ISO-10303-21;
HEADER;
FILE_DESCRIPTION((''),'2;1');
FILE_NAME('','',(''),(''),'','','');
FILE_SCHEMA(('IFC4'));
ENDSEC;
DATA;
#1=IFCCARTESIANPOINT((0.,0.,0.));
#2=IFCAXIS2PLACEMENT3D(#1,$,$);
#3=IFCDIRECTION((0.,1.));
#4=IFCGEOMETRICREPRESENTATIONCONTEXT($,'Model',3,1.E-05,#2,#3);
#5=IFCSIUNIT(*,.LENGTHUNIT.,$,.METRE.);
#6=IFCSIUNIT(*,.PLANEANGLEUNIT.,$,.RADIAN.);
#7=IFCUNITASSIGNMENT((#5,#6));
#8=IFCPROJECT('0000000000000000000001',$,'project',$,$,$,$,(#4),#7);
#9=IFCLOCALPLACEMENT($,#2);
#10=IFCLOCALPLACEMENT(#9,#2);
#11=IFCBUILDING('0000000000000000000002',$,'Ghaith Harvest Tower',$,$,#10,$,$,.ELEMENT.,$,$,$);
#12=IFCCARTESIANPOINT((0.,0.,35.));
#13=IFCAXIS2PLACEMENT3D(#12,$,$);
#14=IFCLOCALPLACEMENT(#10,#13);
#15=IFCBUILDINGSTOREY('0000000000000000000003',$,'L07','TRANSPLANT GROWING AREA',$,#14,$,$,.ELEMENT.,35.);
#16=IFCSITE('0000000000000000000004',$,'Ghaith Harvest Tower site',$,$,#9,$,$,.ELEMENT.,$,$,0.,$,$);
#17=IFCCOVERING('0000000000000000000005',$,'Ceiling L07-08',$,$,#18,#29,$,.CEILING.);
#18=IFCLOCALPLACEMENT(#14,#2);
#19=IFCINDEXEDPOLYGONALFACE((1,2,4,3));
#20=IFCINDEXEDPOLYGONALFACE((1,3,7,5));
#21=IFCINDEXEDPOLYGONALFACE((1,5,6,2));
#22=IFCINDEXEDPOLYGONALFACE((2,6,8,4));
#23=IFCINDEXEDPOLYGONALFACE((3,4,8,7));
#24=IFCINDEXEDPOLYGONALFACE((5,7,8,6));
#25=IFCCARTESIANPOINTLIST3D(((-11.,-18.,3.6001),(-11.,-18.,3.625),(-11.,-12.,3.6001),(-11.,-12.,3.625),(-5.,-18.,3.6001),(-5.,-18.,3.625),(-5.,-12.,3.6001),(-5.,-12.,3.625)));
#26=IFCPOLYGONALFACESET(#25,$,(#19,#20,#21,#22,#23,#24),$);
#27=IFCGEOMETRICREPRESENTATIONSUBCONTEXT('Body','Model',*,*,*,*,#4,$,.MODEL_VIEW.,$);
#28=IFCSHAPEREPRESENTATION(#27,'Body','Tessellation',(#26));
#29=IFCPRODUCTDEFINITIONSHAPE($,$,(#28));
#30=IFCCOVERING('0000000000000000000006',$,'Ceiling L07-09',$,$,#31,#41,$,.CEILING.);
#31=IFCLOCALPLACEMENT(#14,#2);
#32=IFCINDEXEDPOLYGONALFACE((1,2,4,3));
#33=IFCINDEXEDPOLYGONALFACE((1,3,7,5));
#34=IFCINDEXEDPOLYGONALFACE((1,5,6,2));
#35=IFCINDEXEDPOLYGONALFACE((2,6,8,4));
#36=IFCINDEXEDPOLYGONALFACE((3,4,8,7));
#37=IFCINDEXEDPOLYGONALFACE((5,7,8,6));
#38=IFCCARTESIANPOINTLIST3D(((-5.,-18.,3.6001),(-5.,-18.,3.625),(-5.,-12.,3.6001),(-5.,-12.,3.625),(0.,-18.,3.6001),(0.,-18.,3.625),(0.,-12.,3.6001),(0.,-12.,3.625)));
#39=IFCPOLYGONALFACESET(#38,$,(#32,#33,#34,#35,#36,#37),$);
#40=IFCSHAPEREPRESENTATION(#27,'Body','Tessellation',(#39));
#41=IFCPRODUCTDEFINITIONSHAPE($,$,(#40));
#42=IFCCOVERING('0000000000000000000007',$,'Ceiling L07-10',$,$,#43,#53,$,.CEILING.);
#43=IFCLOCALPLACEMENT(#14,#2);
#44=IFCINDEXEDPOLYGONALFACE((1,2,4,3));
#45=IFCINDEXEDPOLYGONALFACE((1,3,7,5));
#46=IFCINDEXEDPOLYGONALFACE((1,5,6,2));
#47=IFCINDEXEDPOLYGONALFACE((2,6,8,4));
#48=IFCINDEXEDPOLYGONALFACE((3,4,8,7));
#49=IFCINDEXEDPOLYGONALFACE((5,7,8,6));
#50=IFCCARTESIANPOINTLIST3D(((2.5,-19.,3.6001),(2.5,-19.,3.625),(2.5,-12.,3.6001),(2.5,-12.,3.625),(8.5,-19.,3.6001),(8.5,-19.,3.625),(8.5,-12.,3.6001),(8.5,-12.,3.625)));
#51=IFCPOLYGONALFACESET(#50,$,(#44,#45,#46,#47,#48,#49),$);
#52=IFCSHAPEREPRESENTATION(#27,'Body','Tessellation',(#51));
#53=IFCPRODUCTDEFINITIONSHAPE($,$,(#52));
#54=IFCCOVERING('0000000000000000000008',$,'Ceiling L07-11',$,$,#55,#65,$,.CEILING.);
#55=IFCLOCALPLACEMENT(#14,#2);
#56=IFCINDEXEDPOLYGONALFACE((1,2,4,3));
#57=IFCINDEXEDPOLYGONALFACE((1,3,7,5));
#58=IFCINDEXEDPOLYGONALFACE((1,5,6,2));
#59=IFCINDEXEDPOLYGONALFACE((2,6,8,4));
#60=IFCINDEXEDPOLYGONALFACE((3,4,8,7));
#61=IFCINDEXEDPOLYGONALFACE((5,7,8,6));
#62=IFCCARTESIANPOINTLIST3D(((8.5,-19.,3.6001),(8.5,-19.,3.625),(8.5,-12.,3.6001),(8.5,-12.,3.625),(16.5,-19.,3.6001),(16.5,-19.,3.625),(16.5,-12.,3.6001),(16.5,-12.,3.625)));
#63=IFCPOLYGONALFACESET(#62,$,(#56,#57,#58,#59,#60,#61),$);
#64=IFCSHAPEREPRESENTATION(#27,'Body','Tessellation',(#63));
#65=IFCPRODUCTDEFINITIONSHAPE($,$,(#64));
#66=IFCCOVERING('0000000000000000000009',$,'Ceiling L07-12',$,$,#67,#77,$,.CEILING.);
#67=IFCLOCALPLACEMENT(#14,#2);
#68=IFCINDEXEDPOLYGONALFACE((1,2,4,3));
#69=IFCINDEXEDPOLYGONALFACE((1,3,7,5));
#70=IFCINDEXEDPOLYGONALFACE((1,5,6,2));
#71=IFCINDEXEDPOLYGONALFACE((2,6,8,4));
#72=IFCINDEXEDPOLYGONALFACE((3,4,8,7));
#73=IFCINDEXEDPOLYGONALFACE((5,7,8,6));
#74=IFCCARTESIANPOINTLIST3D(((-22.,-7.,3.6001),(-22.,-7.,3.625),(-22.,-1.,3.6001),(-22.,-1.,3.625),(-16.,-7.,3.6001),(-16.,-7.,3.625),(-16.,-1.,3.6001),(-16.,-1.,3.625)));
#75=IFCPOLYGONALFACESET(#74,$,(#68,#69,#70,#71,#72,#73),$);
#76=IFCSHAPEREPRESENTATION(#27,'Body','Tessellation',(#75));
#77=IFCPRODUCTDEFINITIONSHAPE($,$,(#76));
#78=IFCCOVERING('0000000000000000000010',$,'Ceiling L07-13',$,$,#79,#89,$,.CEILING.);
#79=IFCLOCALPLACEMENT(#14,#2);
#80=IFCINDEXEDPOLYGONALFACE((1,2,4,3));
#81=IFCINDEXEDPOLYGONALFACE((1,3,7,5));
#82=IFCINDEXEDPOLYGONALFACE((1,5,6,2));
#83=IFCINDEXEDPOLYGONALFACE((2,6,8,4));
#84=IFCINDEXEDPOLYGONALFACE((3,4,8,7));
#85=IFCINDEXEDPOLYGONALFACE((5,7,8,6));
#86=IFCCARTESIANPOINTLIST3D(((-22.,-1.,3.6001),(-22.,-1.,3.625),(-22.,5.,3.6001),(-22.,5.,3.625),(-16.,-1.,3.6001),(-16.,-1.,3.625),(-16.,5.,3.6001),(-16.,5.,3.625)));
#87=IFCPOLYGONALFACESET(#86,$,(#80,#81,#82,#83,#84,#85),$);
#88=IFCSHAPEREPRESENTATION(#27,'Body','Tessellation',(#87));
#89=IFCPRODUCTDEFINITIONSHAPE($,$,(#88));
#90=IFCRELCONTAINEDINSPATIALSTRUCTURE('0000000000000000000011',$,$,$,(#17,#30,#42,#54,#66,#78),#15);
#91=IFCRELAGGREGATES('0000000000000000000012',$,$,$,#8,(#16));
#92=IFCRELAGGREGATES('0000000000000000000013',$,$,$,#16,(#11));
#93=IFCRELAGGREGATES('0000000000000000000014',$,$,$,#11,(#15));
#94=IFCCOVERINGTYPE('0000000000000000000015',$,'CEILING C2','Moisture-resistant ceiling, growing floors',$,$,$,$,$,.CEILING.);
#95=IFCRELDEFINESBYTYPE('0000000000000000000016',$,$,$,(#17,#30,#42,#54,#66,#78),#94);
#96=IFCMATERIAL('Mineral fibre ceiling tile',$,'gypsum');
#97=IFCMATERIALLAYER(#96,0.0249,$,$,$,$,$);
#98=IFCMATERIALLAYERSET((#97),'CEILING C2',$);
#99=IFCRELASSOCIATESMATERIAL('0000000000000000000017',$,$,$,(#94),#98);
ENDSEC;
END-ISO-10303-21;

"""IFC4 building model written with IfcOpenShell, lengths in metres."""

from ifc_helpers import new_model, si_unit, direction, frame, origin, place, context, subcontext, project, spatial, polyline, outline, extrude, material, layer, layer_set, type_object, element, save


model = new_model("IFC4")

# Units and contexts
model_context = context("Model", 3, precision=1e-05, world=origin(), true_north=direction((0.0, 1.0)))
body_context = subcontext(model_context, "Body", "Model", "MODEL_VIEW")
ifc_project = project(units=[si_unit("LENGTHUNIT", "METRE"), si_unit("PLANEANGLEUNIT", "RADIAN")], contexts=[model_context])

# Site, building, storey
site_placement = place(None, origin())
site = spatial("IfcSite", under=ifc_project, at=site_placement, Name="Ghaith Harvest Tower site", CompositionType="ELEMENT", RefElevation=0.0)
building_placement = place(site_placement, origin())
building = spatial("IfcBuilding", under=site, at=building_placement, Name="Ghaith Harvest Tower", CompositionType="ELEMENT")
storey_placement = place(building_placement, frame((0.0, 0.0, 35.0)))
storey = spatial("IfcBuildingStorey", under=building, at=storey_placement, Name="L07", Description="TRANSPLANT GROWING AREA", CompositionType="ELEMENT", Elevation=35.0)

# Coverings
ifc_material_1 = material(Name="Mineral fibre ceiling tile", Category="gypsum")
ifc_layer_1 = layer(ifc_material_1, 0.0249)
ifc_layer_set_1 = layer_set([ifc_layer_1], Name="CEILING C2")
covering_type = type_object("IfcCoveringType", Name="CEILING C2", Description="Moisture-resistant ceiling, growing floors", PredefinedType="CEILING", material=ifc_layer_set_1)
covering_1_placement = place(storey_placement, frame((0.0, 0.0, 3.6001)))
element("IfcCovering", 1, at=covering_1_placement, inside=storey, type_object=covering_type, Name="Ceiling L07-08", PredefinedType="CEILING", context=body_context, shape_type="SweptSolid", body=[
    extrude(outline(polyline([(-11.0, -18.0), (-5.0, -18.0), (-5.0, -12.0), (-11.0, -12.0), (-11.0, -18.0)])), origin(), (0.0, 0.0, 1.0), 0.0249),
])
covering_2_placement = place(storey_placement, frame((0.0, 0.0, 3.6001)))
element("IfcCovering", 2, at=covering_2_placement, inside=storey, type_object=covering_type, Name="Ceiling L07-09", PredefinedType="CEILING", context=body_context, shape_type="SweptSolid", body=[
    extrude(outline(polyline([(-5.0, -18.0), (0.0, -18.0), (0.0, -12.0), (-5.0, -12.0), (-5.0, -18.0)])), origin(), (0.0, 0.0, 1.0), 0.0249),
])
covering_3_placement = place(storey_placement, frame((0.0, 0.0, 3.6001)))
element("IfcCovering", 3, at=covering_3_placement, inside=storey, type_object=covering_type, Name="Ceiling L07-10", PredefinedType="CEILING", context=body_context, shape_type="SweptSolid", body=[
    extrude(outline(polyline([(2.5, -19.0), (8.5, -19.0), (8.5, -12.0), (2.5, -12.0), (2.5, -19.0)])), origin(), (0.0, 0.0, 1.0), 0.0249),
])
covering_4_placement = place(storey_placement, frame((0.0, 0.0, 3.6001)))
element("IfcCovering", 4, at=covering_4_placement, inside=storey, type_object=covering_type, Name="Ceiling L07-11", PredefinedType="CEILING", context=body_context, shape_type="SweptSolid", body=[
    extrude(outline(polyline([(8.5, -19.0), (16.5, -19.0), (16.5, -12.0), (8.5, -12.0), (8.5, -19.0)])), origin(), (0.0, 0.0, 1.0), 0.0249),
])
covering_5_placement = place(storey_placement, frame((0.0, 0.0, 3.6001)))
element("IfcCovering", 5, at=covering_5_placement, inside=storey, type_object=covering_type, Name="Ceiling L07-12", PredefinedType="CEILING", context=body_context, shape_type="SweptSolid", body=[
    extrude(outline(polyline([(-22.0, -7.0), (-16.0, -7.0), (-16.0, -1.0), (-22.0, -1.0), (-22.0, -7.0)])), origin(), (0.0, 0.0, 1.0), 0.0249),
])
covering_6_placement = place(storey_placement, frame((0.0, 0.0, 3.6001)))
element("IfcCovering", 6, at=covering_6_placement, inside=storey, type_object=covering_type, Name="Ceiling L07-13", PredefinedType="CEILING", context=body_context, shape_type="SweptSolid", body=[
    extrude(outline(polyline([(-22.0, -1.0), (-16.0, -1.0), (-16.0, 5.0), (-22.0, 5.0), (-22.0, -1.0)])), origin(), (0.0, 0.0, 1.0), 0.0249),
])

save(model, "model.ifc")
